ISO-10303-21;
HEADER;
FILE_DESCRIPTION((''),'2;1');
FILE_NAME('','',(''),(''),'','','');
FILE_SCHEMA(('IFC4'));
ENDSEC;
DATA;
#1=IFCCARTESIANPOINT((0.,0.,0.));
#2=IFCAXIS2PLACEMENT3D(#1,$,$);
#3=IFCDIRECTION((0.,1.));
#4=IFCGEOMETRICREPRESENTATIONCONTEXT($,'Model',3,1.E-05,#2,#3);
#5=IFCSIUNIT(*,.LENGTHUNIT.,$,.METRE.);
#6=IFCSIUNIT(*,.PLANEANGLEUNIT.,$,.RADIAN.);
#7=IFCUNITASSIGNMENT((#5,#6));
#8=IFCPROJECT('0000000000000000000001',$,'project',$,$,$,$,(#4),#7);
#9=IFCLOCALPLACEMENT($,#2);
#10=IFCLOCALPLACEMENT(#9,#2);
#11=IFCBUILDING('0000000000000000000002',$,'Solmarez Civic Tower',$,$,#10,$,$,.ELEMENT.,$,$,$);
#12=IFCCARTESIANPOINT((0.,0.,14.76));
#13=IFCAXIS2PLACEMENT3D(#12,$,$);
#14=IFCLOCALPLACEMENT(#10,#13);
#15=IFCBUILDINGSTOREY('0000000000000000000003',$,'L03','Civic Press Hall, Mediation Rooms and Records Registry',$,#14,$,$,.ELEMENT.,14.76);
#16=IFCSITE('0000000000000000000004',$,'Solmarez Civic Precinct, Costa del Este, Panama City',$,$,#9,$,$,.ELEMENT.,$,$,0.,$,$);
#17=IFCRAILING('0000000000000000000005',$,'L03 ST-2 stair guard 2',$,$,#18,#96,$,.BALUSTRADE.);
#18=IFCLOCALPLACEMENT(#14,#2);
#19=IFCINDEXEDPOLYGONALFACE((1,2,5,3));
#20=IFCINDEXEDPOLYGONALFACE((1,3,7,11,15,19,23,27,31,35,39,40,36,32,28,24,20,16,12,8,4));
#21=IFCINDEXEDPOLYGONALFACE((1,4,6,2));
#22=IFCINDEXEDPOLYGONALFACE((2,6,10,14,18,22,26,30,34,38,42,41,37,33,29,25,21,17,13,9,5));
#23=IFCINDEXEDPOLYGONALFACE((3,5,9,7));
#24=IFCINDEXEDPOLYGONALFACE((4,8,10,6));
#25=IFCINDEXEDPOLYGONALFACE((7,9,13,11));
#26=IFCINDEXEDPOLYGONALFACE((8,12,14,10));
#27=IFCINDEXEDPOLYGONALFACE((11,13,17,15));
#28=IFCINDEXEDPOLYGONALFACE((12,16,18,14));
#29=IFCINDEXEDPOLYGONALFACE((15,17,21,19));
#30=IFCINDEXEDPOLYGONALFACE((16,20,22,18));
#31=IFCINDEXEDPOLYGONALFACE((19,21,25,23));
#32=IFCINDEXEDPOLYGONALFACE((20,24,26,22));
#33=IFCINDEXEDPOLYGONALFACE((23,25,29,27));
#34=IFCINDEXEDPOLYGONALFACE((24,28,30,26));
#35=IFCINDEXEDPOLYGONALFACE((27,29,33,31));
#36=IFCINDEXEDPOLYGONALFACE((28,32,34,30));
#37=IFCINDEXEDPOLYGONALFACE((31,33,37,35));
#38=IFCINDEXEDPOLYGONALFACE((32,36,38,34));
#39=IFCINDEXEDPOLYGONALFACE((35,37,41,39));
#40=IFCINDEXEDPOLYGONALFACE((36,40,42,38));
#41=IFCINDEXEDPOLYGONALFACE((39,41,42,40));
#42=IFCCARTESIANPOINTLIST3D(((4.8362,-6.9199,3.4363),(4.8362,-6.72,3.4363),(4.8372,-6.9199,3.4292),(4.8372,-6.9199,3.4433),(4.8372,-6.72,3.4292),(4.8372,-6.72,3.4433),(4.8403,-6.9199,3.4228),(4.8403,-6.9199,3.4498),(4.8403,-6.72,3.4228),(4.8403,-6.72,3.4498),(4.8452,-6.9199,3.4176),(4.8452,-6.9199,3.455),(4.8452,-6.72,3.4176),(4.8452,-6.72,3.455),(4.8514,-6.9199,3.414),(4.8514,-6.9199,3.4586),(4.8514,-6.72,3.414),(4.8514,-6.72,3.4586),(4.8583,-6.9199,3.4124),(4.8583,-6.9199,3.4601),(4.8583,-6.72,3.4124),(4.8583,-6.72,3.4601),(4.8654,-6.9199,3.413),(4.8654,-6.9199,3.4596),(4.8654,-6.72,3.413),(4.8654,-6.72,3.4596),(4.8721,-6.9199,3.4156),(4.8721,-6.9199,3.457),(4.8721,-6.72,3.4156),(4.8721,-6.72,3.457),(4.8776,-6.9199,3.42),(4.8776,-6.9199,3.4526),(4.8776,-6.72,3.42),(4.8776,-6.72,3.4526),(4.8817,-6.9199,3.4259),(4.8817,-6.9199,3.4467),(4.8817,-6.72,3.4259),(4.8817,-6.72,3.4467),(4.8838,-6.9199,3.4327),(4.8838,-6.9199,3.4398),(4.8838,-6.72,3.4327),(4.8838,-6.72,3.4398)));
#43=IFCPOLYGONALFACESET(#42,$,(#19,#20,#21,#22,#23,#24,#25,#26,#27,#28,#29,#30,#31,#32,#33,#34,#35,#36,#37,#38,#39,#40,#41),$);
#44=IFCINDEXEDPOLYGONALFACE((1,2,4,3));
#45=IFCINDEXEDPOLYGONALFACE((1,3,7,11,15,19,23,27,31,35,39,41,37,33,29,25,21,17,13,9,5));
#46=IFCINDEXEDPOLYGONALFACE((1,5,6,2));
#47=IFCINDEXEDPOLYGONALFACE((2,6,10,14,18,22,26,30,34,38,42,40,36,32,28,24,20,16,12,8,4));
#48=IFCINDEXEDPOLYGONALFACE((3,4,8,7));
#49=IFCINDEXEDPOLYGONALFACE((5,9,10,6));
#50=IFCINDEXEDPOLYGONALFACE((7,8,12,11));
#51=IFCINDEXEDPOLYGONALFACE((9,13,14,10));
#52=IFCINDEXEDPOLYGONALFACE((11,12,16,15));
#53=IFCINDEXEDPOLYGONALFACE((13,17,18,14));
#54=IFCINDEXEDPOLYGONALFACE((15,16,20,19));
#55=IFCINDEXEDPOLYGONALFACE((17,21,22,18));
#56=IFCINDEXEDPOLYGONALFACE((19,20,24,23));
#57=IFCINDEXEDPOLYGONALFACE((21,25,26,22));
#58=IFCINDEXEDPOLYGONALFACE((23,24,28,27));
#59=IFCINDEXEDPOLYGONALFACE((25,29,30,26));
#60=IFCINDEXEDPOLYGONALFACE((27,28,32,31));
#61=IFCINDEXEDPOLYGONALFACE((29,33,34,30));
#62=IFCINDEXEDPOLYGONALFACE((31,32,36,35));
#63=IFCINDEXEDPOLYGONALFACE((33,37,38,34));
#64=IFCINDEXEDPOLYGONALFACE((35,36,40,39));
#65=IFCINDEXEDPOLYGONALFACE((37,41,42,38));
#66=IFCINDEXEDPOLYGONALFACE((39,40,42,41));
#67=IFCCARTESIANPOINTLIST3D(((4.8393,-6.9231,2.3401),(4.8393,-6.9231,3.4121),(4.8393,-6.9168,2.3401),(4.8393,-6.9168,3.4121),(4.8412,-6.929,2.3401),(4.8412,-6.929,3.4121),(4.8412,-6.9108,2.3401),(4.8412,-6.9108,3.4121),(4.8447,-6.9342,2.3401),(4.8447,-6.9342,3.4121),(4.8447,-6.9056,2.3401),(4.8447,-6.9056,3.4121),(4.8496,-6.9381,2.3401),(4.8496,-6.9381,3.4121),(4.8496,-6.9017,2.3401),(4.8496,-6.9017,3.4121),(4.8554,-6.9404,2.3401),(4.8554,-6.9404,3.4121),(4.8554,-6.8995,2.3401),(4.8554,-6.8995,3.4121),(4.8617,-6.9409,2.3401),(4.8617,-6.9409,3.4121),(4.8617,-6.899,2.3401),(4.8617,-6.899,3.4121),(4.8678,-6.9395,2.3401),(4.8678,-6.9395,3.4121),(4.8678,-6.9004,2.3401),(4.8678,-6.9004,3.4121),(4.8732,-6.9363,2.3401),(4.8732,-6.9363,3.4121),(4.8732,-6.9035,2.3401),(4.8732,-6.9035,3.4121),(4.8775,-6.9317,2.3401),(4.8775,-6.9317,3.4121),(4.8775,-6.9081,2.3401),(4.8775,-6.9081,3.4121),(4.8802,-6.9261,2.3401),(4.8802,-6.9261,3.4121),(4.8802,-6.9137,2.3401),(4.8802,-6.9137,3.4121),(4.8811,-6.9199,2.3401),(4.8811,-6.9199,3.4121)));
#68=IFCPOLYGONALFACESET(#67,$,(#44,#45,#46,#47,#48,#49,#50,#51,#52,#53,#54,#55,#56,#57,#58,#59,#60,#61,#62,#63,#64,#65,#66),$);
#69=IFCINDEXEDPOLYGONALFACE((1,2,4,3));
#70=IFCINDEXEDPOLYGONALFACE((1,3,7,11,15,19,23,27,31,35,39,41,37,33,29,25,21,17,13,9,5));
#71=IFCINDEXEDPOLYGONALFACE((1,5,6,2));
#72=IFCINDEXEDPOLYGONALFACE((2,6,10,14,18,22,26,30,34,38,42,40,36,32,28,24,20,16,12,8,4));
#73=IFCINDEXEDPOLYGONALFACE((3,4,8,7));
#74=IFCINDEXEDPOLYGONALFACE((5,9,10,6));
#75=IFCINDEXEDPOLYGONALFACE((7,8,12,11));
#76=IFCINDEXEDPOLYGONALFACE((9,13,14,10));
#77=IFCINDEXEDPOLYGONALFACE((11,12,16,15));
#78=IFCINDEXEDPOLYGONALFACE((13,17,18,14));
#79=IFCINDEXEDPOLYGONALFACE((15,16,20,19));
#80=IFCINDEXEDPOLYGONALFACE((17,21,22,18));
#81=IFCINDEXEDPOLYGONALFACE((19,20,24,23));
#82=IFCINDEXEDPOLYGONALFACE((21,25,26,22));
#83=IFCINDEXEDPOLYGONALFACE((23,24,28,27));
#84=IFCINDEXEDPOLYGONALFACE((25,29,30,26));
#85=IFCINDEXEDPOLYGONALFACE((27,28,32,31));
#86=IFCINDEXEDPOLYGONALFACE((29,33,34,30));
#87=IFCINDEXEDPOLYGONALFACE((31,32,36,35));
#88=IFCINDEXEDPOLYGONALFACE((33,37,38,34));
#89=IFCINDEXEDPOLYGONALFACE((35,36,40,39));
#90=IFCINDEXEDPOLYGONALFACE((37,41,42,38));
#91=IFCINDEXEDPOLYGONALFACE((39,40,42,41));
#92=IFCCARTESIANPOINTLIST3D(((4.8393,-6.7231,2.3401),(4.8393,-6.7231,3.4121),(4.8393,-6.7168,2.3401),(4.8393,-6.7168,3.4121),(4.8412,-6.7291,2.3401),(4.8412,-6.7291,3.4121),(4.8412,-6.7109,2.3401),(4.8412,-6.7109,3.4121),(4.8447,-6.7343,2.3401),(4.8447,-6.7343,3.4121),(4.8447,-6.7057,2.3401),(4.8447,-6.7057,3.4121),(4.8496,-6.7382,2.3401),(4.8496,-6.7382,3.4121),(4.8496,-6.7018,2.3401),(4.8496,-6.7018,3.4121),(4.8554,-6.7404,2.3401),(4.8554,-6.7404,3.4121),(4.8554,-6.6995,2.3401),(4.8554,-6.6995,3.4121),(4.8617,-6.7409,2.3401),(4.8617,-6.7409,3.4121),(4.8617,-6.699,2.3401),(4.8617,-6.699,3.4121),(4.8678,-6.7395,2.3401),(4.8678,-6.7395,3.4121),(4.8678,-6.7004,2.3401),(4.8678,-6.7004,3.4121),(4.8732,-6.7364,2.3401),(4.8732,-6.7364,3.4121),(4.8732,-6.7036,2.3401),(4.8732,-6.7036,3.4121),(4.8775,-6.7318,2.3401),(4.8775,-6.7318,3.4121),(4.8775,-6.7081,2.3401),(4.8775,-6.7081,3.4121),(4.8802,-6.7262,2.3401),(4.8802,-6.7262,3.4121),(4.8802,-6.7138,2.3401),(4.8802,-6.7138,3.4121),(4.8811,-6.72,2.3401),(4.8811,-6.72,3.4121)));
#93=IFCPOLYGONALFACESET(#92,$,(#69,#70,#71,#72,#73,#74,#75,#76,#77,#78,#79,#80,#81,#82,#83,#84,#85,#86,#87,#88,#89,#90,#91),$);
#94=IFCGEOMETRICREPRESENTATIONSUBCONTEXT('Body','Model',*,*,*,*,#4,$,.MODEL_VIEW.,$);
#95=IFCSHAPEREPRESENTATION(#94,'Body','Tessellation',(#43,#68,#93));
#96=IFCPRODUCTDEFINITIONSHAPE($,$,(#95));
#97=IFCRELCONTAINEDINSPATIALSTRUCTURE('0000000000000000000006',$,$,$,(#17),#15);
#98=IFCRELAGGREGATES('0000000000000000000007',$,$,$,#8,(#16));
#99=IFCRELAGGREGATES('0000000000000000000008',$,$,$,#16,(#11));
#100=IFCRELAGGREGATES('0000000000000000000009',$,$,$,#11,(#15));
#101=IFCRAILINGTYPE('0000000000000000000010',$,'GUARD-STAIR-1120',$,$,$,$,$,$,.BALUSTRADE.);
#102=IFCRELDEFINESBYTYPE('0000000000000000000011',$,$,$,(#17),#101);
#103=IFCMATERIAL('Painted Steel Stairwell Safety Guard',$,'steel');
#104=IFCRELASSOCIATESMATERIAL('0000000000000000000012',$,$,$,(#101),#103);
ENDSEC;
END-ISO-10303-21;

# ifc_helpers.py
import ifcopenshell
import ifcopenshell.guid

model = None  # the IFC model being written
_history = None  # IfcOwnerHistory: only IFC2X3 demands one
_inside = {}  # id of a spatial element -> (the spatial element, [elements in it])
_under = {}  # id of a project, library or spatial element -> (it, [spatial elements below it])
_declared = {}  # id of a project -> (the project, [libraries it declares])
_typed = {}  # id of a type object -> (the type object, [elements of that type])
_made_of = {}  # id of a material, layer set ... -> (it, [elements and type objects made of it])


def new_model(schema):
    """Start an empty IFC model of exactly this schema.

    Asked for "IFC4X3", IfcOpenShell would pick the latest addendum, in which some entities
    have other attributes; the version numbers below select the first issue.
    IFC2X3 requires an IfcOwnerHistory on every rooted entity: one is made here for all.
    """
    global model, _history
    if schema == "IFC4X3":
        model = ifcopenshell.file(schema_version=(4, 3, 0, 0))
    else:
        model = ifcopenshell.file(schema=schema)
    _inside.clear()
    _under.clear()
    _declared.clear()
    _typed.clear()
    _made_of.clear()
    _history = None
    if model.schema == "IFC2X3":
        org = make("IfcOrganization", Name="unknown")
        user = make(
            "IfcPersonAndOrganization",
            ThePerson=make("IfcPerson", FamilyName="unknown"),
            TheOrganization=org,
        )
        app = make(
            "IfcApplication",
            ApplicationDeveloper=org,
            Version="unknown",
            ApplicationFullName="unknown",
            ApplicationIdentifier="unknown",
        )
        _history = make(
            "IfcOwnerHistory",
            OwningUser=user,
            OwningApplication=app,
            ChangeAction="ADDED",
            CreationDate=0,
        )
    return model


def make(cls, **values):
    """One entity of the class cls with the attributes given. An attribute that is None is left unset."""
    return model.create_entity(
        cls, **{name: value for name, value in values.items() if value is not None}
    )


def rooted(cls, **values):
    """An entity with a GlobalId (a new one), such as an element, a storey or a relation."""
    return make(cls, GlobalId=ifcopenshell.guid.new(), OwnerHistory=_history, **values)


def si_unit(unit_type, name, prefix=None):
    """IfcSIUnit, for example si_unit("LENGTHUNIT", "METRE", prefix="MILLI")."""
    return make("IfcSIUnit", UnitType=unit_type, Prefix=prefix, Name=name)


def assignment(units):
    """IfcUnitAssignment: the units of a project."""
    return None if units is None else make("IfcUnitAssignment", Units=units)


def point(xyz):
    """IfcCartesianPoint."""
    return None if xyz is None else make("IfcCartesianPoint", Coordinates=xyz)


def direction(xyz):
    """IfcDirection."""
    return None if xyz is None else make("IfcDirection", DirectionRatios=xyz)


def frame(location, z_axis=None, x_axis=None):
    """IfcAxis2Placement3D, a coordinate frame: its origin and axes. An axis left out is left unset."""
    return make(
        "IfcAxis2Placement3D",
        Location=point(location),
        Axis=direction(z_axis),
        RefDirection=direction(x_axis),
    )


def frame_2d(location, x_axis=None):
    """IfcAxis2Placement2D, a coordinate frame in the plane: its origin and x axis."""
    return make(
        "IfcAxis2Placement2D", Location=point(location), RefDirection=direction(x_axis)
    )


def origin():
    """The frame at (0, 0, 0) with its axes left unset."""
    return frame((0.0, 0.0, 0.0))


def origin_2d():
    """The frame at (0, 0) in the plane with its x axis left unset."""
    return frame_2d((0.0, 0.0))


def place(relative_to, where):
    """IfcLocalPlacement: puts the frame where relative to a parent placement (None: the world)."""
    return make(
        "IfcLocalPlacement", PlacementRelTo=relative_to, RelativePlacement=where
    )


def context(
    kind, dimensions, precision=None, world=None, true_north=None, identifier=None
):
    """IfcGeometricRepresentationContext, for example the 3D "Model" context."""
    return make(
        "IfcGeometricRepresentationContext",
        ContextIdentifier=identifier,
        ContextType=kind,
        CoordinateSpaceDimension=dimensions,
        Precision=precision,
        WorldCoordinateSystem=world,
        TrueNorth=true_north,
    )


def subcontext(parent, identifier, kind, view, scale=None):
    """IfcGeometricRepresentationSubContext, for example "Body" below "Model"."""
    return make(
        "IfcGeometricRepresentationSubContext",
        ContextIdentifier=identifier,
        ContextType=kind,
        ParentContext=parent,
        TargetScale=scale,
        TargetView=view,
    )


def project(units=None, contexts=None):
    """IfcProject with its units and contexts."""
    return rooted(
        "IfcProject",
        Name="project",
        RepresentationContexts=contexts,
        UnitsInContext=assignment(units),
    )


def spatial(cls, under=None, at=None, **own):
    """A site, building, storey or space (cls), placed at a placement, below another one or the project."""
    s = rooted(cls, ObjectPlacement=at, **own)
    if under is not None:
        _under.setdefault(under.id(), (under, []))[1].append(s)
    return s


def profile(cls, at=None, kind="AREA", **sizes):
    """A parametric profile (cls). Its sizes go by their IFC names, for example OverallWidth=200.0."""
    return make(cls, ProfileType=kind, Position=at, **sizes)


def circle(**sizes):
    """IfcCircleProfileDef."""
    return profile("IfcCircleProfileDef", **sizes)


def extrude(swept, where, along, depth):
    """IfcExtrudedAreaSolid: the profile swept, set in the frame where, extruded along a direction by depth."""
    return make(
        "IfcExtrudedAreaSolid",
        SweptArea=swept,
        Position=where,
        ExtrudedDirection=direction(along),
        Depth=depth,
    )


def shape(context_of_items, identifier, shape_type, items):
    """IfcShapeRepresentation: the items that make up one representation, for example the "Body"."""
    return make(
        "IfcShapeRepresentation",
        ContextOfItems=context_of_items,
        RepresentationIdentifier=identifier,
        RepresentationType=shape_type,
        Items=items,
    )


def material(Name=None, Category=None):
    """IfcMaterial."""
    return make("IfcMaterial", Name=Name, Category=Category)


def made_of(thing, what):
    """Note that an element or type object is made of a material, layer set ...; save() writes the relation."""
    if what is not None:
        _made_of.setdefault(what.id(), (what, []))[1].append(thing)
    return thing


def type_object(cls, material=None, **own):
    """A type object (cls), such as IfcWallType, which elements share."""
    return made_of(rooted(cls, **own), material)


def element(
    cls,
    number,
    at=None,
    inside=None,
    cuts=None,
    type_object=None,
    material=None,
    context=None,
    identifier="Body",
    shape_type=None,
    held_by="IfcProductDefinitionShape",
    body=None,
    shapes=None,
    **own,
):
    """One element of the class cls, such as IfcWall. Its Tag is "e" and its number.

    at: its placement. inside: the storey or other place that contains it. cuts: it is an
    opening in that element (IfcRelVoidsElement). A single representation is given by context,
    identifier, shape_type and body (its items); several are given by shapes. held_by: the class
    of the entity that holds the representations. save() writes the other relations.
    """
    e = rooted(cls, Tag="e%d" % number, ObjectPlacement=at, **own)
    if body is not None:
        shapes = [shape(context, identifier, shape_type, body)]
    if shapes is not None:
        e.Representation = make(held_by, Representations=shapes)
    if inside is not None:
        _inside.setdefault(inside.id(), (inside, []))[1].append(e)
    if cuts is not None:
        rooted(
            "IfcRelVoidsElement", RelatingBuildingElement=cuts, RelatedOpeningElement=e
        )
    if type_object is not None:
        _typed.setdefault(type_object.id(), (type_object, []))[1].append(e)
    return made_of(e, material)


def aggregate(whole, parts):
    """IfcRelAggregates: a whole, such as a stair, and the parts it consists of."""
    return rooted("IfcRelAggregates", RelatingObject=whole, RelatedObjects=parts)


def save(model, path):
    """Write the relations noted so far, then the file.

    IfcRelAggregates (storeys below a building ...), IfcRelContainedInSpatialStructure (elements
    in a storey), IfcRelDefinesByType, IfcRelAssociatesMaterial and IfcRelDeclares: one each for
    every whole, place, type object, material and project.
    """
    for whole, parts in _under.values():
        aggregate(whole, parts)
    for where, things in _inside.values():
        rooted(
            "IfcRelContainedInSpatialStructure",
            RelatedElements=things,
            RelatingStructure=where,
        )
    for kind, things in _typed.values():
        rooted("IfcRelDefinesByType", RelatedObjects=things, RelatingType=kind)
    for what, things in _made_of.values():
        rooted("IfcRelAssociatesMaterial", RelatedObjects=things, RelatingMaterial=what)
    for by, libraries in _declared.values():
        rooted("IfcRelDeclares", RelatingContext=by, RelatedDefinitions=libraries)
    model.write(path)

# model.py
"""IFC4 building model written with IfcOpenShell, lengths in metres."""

from ifc_helpers import new_model, si_unit, direction, frame, origin, origin_2d, place, context, subcontext, project, spatial, circle, extrude, material, type_object, element, save


model = new_model("IFC4")

# Units and contexts
model_context = context("Model", 3, precision=1e-05, world=origin(), true_north=direction((0.0, 1.0)))
body_context = subcontext(model_context, "Body", "Model", "MODEL_VIEW")
ifc_project = project(units=[si_unit("LENGTHUNIT", "METRE"), si_unit("PLANEANGLEUNIT", "RADIAN")], contexts=[model_context])

# Site, building, storey
site_placement = place(None, origin())
site = spatial("IfcSite", under=ifc_project, at=site_placement, Name="Solmarez Civic Precinct, Costa del Este, Panama City", CompositionType="ELEMENT", RefElevation=0.0)
building_placement = place(site_placement, origin())
building = spatial("IfcBuilding", under=site, at=building_placement, Name="Solmarez Civic Tower", CompositionType="ELEMENT")
storey_placement = place(building_placement, frame((0.0, 0.0, 14.76)))
storey = spatial("IfcBuildingStorey", under=building, at=storey_placement, Name="L03", Description="Civic Press Hall, Mediation Rooms and Records Registry", CompositionType="ELEMENT", Elevation=14.76)

# Railing
ifc_material_1 = material(Name="Painted Steel Stairwell Safety Guard", Category="steel")
railing_type_1 = type_object("IfcRailingType", Name="GUARD-STAIR-1120", PredefinedType="BALUSTRADE", material=ifc_material_1)
railing_1_placement = place(storey_placement, frame((4.8601, -6.9199, 2.3401)))
element("IfcRailing", 1, at=railing_1_placement, inside=storey, type_object=railing_type_1, Name="L03 ST-2 stair guard 2", PredefinedType="BALUSTRADE", context=body_context, shape_type="SweptSolid", body=[
    extrude(circle(Radius=0.0239, at=origin_2d()), frame((0.0, 0.0, 1.0962), z_axis=(0.0, 1.0, 0.0), x_axis=(-1.0, 0.0, 0.0)), (0.0, 0.0, 1.0), 0.2),
    extrude(circle(Radius=0.021, at=origin_2d()), origin(), (0.0, 0.0, 1.0), 1.072),
    extrude(circle(Radius=0.021, at=origin_2d()), frame((0.0, 0.2, 0.0)), (0.0, 0.0, 1.0), 1.072),
])

save(model, "model.ifc")
